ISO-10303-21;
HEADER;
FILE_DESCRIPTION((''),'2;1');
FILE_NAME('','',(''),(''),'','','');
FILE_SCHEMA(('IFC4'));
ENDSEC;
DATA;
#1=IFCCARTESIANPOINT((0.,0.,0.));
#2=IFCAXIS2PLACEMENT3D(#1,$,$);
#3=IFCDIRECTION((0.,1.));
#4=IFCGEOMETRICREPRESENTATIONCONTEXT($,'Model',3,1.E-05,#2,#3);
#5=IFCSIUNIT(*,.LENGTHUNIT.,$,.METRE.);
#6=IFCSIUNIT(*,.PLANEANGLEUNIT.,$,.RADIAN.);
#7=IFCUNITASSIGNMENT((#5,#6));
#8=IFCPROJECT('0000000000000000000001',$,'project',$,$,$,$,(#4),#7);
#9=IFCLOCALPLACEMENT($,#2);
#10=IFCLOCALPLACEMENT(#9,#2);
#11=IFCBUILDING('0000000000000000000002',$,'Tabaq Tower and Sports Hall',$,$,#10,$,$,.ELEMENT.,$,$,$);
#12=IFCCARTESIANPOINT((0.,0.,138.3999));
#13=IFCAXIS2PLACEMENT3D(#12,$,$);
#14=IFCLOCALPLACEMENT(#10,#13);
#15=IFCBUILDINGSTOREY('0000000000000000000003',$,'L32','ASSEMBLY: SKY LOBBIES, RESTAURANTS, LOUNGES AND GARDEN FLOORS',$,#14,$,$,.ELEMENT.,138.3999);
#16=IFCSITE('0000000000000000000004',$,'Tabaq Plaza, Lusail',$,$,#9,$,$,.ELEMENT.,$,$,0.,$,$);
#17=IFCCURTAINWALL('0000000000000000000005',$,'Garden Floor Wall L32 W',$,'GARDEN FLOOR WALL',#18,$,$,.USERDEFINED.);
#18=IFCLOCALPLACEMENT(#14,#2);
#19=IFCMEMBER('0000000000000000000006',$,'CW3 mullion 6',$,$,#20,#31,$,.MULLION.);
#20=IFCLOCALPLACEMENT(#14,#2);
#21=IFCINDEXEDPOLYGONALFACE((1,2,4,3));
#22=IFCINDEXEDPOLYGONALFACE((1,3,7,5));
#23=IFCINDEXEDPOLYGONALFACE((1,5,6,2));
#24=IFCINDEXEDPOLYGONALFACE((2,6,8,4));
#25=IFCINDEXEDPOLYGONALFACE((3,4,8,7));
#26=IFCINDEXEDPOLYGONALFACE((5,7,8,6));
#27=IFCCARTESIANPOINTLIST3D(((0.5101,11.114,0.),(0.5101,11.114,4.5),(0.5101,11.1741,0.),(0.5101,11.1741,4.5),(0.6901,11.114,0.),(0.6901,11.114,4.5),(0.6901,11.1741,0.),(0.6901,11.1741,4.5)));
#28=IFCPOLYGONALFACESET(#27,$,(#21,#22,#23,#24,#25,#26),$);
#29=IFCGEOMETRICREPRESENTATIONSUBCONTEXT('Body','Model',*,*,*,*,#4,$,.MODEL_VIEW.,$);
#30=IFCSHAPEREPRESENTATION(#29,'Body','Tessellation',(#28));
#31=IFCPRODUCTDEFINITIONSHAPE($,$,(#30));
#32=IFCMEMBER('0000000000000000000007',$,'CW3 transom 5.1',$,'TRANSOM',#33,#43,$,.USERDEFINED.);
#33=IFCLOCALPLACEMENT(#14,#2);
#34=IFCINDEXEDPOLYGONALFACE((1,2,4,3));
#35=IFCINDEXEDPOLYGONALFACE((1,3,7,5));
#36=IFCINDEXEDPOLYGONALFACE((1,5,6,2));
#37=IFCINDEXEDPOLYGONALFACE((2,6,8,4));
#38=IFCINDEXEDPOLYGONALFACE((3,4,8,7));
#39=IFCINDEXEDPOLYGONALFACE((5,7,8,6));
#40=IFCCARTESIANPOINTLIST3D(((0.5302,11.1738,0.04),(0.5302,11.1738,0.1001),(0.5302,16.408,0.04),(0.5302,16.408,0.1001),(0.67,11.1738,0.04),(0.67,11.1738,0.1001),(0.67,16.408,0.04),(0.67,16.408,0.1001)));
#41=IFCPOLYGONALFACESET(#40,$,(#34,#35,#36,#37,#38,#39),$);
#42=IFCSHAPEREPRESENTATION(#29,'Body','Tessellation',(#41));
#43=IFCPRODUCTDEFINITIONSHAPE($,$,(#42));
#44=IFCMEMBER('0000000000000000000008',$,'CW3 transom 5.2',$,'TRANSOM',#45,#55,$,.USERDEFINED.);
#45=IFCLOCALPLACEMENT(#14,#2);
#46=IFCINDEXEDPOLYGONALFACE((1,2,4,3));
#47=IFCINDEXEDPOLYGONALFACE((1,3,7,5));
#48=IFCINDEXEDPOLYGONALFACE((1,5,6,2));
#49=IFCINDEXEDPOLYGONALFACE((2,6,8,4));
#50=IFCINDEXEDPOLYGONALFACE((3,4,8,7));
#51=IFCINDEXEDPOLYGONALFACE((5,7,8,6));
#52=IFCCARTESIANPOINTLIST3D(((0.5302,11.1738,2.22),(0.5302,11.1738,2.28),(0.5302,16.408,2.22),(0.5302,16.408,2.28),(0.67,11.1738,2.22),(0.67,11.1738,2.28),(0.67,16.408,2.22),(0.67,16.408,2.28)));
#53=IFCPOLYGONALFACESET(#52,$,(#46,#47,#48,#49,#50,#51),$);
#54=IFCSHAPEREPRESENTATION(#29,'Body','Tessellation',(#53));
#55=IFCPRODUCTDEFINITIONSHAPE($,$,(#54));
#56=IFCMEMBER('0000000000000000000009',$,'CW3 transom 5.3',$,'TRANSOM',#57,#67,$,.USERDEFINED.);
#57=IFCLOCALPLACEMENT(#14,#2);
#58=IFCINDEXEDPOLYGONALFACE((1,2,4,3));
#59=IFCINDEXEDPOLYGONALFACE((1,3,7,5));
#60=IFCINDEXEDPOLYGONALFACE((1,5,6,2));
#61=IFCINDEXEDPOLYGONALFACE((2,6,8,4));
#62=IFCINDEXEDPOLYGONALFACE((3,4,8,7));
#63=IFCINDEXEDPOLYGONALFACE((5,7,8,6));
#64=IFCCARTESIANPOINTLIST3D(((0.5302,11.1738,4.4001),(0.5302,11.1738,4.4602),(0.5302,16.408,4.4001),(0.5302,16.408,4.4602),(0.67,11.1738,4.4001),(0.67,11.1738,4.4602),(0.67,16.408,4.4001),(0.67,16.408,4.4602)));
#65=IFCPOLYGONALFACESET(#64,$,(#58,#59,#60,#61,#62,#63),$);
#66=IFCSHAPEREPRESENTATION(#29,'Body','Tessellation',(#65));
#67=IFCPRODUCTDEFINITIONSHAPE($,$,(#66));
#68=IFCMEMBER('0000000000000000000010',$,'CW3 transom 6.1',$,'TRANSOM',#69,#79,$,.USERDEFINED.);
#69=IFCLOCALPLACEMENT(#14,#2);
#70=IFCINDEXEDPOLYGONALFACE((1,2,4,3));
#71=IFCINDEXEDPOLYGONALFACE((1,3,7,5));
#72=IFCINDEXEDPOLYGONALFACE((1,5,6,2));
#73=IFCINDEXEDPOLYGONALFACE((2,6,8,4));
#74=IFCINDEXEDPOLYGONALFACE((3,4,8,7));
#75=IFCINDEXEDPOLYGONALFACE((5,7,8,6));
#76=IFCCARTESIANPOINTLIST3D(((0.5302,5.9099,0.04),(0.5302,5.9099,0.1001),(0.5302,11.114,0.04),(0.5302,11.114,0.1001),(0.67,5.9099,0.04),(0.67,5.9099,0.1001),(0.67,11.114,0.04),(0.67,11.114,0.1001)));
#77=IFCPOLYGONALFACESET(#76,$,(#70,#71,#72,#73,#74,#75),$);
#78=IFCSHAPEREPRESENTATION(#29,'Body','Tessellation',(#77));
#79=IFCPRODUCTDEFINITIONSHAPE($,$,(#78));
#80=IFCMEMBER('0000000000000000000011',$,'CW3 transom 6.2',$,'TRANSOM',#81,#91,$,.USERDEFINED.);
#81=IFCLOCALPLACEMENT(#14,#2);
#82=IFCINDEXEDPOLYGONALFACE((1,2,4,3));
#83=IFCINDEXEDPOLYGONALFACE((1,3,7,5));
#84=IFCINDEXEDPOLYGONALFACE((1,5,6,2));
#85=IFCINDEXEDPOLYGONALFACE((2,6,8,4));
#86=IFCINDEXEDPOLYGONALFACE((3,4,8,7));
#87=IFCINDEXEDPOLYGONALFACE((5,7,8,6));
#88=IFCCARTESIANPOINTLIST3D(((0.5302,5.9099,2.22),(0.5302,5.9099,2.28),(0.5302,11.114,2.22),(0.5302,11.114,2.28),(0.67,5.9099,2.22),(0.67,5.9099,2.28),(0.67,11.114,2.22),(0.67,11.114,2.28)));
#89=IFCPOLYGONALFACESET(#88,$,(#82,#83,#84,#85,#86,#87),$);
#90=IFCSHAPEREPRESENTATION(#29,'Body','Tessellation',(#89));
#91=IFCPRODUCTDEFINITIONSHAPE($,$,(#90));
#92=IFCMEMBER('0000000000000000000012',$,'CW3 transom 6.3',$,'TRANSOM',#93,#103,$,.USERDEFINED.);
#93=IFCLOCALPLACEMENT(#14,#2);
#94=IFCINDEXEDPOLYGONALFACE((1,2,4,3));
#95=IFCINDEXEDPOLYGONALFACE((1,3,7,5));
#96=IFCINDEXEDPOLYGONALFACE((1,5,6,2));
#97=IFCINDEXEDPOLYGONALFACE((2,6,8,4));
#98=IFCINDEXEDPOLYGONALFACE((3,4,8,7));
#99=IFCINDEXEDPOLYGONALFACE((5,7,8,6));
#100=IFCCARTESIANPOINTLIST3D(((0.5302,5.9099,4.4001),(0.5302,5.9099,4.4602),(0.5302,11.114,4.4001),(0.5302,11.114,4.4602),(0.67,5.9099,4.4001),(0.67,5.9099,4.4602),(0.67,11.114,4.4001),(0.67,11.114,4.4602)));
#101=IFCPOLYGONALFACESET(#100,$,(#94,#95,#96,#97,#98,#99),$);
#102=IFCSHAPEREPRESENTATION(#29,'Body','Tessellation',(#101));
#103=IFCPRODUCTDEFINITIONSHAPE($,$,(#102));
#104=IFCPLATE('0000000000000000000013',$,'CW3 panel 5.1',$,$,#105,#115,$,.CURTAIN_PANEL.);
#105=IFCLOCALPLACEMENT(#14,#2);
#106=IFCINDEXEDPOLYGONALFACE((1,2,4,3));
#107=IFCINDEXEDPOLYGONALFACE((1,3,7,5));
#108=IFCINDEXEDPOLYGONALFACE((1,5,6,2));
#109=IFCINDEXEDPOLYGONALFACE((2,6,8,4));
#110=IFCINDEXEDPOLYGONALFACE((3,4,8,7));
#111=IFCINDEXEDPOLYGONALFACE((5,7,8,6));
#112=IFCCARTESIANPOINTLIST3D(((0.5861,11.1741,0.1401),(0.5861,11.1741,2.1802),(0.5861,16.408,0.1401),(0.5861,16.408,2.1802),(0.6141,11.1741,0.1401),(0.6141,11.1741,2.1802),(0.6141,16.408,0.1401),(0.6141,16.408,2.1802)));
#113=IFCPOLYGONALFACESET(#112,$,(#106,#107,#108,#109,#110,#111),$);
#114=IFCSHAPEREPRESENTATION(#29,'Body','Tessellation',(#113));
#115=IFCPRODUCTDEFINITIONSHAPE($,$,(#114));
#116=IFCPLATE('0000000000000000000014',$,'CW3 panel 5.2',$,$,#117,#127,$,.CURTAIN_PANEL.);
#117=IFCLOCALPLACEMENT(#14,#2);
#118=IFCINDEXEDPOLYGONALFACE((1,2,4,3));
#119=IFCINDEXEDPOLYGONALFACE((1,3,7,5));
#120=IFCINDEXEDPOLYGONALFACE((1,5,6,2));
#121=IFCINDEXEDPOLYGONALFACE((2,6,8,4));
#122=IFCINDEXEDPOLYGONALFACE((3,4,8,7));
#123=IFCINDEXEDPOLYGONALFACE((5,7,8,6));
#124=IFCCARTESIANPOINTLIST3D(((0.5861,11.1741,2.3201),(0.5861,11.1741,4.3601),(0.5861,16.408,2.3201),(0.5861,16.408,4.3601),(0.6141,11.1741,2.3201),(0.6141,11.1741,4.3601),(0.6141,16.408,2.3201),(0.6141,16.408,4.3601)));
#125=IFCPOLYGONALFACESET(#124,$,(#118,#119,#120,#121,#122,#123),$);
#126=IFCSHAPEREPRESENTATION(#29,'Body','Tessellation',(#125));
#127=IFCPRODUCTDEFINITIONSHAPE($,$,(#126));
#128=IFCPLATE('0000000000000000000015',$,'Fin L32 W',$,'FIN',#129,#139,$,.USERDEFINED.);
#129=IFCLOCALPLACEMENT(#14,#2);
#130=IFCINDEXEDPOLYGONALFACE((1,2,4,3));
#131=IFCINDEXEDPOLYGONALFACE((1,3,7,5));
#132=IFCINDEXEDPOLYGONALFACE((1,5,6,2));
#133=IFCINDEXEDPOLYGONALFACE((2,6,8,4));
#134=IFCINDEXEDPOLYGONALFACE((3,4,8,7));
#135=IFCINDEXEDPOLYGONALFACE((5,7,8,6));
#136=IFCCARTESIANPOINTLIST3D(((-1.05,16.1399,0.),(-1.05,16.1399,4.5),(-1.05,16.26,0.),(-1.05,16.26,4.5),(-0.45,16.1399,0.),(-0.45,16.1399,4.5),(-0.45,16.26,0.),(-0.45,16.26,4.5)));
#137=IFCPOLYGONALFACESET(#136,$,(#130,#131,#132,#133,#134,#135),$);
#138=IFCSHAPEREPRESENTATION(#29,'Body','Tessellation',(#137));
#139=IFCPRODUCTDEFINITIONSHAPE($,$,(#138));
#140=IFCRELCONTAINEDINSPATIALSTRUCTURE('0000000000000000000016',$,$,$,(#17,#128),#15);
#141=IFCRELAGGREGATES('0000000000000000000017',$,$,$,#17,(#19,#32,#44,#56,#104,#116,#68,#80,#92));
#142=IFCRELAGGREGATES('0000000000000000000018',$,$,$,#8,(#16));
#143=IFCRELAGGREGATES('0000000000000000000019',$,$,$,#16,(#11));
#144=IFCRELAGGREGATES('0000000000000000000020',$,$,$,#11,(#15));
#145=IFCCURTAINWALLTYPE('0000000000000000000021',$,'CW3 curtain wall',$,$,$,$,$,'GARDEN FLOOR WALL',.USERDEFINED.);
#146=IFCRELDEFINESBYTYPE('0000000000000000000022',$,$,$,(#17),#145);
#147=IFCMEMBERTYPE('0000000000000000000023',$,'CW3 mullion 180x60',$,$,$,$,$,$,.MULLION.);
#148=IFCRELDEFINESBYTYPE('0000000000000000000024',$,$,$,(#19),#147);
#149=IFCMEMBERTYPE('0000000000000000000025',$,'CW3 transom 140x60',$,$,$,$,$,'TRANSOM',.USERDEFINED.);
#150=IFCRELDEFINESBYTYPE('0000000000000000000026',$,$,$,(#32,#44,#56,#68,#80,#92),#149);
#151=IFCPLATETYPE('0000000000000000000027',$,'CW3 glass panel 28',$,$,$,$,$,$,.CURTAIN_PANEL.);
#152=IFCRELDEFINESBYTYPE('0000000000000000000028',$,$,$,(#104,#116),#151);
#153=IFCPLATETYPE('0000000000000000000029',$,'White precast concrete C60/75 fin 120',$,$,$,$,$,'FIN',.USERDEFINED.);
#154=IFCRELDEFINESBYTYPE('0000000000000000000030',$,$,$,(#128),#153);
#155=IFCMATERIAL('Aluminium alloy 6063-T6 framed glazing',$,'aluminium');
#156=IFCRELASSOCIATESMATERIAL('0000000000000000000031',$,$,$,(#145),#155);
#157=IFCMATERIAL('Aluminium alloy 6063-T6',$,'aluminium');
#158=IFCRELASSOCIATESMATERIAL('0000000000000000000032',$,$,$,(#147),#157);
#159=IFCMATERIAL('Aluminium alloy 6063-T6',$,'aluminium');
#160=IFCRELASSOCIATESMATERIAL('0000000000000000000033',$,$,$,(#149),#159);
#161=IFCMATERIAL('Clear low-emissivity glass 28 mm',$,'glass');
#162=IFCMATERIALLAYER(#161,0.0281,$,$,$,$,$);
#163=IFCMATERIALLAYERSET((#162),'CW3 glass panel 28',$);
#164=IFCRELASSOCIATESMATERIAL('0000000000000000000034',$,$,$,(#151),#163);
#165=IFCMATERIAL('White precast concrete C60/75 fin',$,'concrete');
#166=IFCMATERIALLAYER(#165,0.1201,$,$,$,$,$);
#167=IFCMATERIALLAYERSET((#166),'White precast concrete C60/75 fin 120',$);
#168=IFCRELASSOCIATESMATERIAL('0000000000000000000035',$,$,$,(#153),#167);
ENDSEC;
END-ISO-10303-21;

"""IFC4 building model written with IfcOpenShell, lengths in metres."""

from ifc_helpers import new_model, si_unit, direction, frame, origin, origin_2d, place, context, subcontext, project, spatial, rectangle, extrude, material, layer, layer_set, material_profile, profile_set, type_object, element, aggregate, save


model = new_model("IFC4")

# Units and contexts
model_context = context("Model", 3, precision=1e-05, world=origin(), true_north=direction((0.0, 1.0)))
body_context = subcontext(model_context, "Body", "Model", "MODEL_VIEW")
ifc_project = project(units=[si_unit("LENGTHUNIT", "METRE"), si_unit("PLANEANGLEUNIT", "RADIAN")], contexts=[model_context])

# Site, building, storey
site_placement = place(None, origin())
site = spatial("IfcSite", under=ifc_project, at=site_placement, Name="Tabaq Plaza, Lusail", CompositionType="ELEMENT", RefElevation=0.0)
building_placement = place(site_placement, origin())
building = spatial("IfcBuilding", under=site, at=building_placement, Name="Tabaq Tower and Sports Hall", CompositionType="ELEMENT")
storey_placement = place(building_placement, frame((0.0, 0.0, 138.3999)))
storey = spatial("IfcBuildingStorey", under=building, at=storey_placement, Name="L32", Description="ASSEMBLY: SKY LOBBIES, RESTAURANTS, LOUNGES AND GARDEN FLOORS", CompositionType="ELEMENT", Elevation=138.3999)

# Curtain wall, members, plates
ifc_material_1 = material(Name="Aluminium alloy 6063-T6 framed glazing", Category="aluminium")
curtain_wall_type = type_object("IfcCurtainWallType", Name="CW3 curtain wall", ElementType="GARDEN FLOOR WALL", PredefinedType="USERDEFINED", material=ifc_material_1)
curtain_wall_placement = place(storey_placement, origin())
curtain_wall = element("IfcCurtainWall", 1, at=curtain_wall_placement, inside=storey, type_object=curtain_wall_type, Name="Garden Floor Wall L32 W", ObjectType="GARDEN FLOOR WALL", PredefinedType="USERDEFINED")
ifc_material_2 = material(Name="Aluminium alloy 6063-T6", Category="aluminium")
ifc_material_profile_1 = material_profile(ifc_material_2, rectangle(XDim=0.1799, YDim=0.0601, at=origin_2d()), Name="MULLION 180x60")
ifc_profile_set_1 = profile_set([ifc_material_profile_1], Name="Aluminium alloy 6063-T6")
member_type_1 = type_object("IfcMemberType", Name="CW3 mullion 180x60", PredefinedType="MULLION", material=ifc_profile_set_1)
member_1_placement = place(storey_placement, frame((0.6001, 11.144, 0.0), z_axis=(0.0, 0.0, 1.0), x_axis=(1.0, 0.0, 0.0)))
member_1 = element("IfcMember", 2, at=member_1_placement, type_object=member_type_1, Name="CW3 mullion 6", PredefinedType="MULLION", context=body_context, shape_type="SweptSolid", body=[
    extrude(rectangle(XDim=0.1799, YDim=0.0601, at=origin_2d()), origin(), (0.0, 0.0, 1.0), 4.5),
])
ifc_material_3 = material(Name="Aluminium alloy 6063-T6", Category="aluminium")
ifc_material_profile_2 = material_profile(ifc_material_3, rectangle(XDim=0.1399, YDim=0.0601, at=origin_2d()), Name="TRANSOM 140x60")
ifc_profile_set_2 = profile_set([ifc_material_profile_2], Name="Aluminium alloy 6063-T6")
member_type_2 = type_object("IfcMemberType", Name="CW3 transom 140x60", ElementType="TRANSOM", PredefinedType="USERDEFINED", material=ifc_profile_set_2)
member_2_placement = place(storey_placement, frame((0.6001, 16.408, 0.0701), z_axis=(0.0, -1.0, 0.0), x_axis=(1.0, 0.0, 0.0)))
member_2 = element("IfcMember", 3, at=member_2_placement, type_object=member_type_2, Name="CW3 transom 5.1", ObjectType="TRANSOM", PredefinedType="USERDEFINED", context=body_context, shape_type="SweptSolid", body=[
    extrude(rectangle(XDim=0.1399, YDim=0.0601, at=origin_2d()), origin(), (0.0, 0.0, 1.0), 5.2341),
])
member_3_placement = place(storey_placement, frame((0.6001, 16.408, 2.25), z_axis=(0.0, -1.0, 0.0), x_axis=(1.0, 0.0, 0.0)))
member_3 = element("IfcMember", 4, at=member_3_placement, type_object=member_type_2, Name="CW3 transom 5.2", ObjectType="TRANSOM", PredefinedType="USERDEFINED", context=body_context, shape_type="SweptSolid", body=[
    extrude(rectangle(XDim=0.1399, YDim=0.0601, at=origin_2d()), origin(), (0.0, 0.0, 1.0), 5.2341),
])
member_4_placement = place(storey_placement, frame((0.6001, 16.408, 4.4302), z_axis=(0.0, -1.0, 0.0), x_axis=(1.0, 0.0, 0.0)))
member_4 = element("IfcMember", 5, at=member_4_placement, type_object=member_type_2, Name="CW3 transom 5.3", ObjectType="TRANSOM", PredefinedType="USERDEFINED", context=body_context, shape_type="SweptSolid", body=[
    extrude(rectangle(XDim=0.1399, YDim=0.0601, at=origin_2d()), origin(), (0.0, 0.0, 1.0), 5.2341),
])
member_5_placement = place(storey_placement, frame((0.6001, 11.114, 0.0701), z_axis=(0.0, -1.0, 0.0), x_axis=(1.0, 0.0, 0.0)))
member_5 = element("IfcMember", 6, at=member_5_placement, type_object=member_type_2, Name="CW3 transom 6.1", ObjectType="TRANSOM", PredefinedType="USERDEFINED", context=body_context, shape_type="SweptSolid", body=[
    extrude(rectangle(XDim=0.1399, YDim=0.0601, at=origin_2d()), origin(), (0.0, 0.0, 1.0), 5.2041),
])
member_6_placement = place(storey_placement, frame((0.6001, 11.114, 2.25), z_axis=(0.0, -1.0, 0.0), x_axis=(1.0, 0.0, 0.0)))
member_6 = element("IfcMember", 7, at=member_6_placement, type_object=member_type_2, Name="CW3 transom 6.2", ObjectType="TRANSOM", PredefinedType="USERDEFINED", context=body_context, shape_type="SweptSolid", body=[
    extrude(rectangle(XDim=0.1399, YDim=0.0601, at=origin_2d()), origin(), (0.0, 0.0, 1.0), 5.2041),
])
member_7_placement = place(storey_placement, frame((0.6001, 11.114, 4.4302), z_axis=(0.0, -1.0, 0.0), x_axis=(1.0, 0.0, 0.0)))
member_7 = element("IfcMember", 8, at=member_7_placement, type_object=member_type_2, Name="CW3 transom 6.3", ObjectType="TRANSOM", PredefinedType="USERDEFINED", context=body_context, shape_type="SweptSolid", body=[
    extrude(rectangle(XDim=0.1399, YDim=0.0601, at=origin_2d()), origin(), (0.0, 0.0, 1.0), 5.2041),
])
ifc_material_4 = material(Name="Clear low-emissivity glass 28 mm", Category="glass")
ifc_layer_1 = layer(ifc_material_4, 0.0281)
ifc_layer_set_1 = layer_set([ifc_layer_1], Name="CW3 glass panel 28")
plate_type_1 = type_object("IfcPlateType", Name="CW3 glass panel 28", PredefinedType="CURTAIN_PANEL", material=ifc_layer_set_1)
plate_1_placement = place(storey_placement, frame((0.6001, 13.791, 0.1401), z_axis=(0.0, 0.0, 1.0), x_axis=(0.0, -1.0, 0.0)))
plate_1 = element("IfcPlate", 9, at=plate_1_placement, type_object=plate_type_1, Name="CW3 panel 5.1", PredefinedType="CURTAIN_PANEL", context=body_context, shape_type="SweptSolid", body=[
    extrude(rectangle(XDim=5.2339, YDim=0.0281, at=origin_2d()), origin(), (0.0, 0.0, 1.0), 2.04),
])
plate_2_placement = place(storey_placement, frame((0.6001, 13.791, 2.3201), z_axis=(0.0, 0.0, 1.0), x_axis=(0.0, -1.0, 0.0)))
plate_2 = element("IfcPlate", 10, at=plate_2_placement, type_object=plate_type_1, Name="CW3 panel 5.2", PredefinedType="CURTAIN_PANEL", context=body_context, shape_type="SweptSolid", body=[
    extrude(rectangle(XDim=5.2339, YDim=0.0281, at=origin_2d()), origin(), (0.0, 0.0, 1.0), 2.04),
])
aggregate(curtain_wall, [member_1, member_2, member_3, member_4, plate_1, plate_2, member_5, member_6, member_7])

# Plate
ifc_material_5 = material(Name="White precast concrete C60/75 fin", Category="concrete")
ifc_layer_2 = layer(ifc_material_5, 0.1201)
ifc_layer_set_2 = layer_set([ifc_layer_2], Name="White precast concrete C60/75 fin 120")
plate_type_2 = type_object("IfcPlateType", Name="White precast concrete C60/75 fin 120", ElementType="FIN", PredefinedType="USERDEFINED", material=ifc_layer_set_2)
plate_3_placement = place(storey_placement, frame((-0.75, 16.2, 0.0), z_axis=(0.0, 0.0, 1.0), x_axis=(0.0, -1.0, 0.0)))
element("IfcPlate", 11, at=plate_3_placement, inside=storey, type_object=plate_type_2, Name="Fin L32 W", ObjectType="FIN", PredefinedType="USERDEFINED", context=body_context, shape_type="SweptSolid", body=[
    extrude(rectangle(XDim=0.1201, YDim=0.6001, at=origin_2d()), origin(), (0.0, 0.0, 1.0), 4.5),
])

save(model, "model.ifc")
